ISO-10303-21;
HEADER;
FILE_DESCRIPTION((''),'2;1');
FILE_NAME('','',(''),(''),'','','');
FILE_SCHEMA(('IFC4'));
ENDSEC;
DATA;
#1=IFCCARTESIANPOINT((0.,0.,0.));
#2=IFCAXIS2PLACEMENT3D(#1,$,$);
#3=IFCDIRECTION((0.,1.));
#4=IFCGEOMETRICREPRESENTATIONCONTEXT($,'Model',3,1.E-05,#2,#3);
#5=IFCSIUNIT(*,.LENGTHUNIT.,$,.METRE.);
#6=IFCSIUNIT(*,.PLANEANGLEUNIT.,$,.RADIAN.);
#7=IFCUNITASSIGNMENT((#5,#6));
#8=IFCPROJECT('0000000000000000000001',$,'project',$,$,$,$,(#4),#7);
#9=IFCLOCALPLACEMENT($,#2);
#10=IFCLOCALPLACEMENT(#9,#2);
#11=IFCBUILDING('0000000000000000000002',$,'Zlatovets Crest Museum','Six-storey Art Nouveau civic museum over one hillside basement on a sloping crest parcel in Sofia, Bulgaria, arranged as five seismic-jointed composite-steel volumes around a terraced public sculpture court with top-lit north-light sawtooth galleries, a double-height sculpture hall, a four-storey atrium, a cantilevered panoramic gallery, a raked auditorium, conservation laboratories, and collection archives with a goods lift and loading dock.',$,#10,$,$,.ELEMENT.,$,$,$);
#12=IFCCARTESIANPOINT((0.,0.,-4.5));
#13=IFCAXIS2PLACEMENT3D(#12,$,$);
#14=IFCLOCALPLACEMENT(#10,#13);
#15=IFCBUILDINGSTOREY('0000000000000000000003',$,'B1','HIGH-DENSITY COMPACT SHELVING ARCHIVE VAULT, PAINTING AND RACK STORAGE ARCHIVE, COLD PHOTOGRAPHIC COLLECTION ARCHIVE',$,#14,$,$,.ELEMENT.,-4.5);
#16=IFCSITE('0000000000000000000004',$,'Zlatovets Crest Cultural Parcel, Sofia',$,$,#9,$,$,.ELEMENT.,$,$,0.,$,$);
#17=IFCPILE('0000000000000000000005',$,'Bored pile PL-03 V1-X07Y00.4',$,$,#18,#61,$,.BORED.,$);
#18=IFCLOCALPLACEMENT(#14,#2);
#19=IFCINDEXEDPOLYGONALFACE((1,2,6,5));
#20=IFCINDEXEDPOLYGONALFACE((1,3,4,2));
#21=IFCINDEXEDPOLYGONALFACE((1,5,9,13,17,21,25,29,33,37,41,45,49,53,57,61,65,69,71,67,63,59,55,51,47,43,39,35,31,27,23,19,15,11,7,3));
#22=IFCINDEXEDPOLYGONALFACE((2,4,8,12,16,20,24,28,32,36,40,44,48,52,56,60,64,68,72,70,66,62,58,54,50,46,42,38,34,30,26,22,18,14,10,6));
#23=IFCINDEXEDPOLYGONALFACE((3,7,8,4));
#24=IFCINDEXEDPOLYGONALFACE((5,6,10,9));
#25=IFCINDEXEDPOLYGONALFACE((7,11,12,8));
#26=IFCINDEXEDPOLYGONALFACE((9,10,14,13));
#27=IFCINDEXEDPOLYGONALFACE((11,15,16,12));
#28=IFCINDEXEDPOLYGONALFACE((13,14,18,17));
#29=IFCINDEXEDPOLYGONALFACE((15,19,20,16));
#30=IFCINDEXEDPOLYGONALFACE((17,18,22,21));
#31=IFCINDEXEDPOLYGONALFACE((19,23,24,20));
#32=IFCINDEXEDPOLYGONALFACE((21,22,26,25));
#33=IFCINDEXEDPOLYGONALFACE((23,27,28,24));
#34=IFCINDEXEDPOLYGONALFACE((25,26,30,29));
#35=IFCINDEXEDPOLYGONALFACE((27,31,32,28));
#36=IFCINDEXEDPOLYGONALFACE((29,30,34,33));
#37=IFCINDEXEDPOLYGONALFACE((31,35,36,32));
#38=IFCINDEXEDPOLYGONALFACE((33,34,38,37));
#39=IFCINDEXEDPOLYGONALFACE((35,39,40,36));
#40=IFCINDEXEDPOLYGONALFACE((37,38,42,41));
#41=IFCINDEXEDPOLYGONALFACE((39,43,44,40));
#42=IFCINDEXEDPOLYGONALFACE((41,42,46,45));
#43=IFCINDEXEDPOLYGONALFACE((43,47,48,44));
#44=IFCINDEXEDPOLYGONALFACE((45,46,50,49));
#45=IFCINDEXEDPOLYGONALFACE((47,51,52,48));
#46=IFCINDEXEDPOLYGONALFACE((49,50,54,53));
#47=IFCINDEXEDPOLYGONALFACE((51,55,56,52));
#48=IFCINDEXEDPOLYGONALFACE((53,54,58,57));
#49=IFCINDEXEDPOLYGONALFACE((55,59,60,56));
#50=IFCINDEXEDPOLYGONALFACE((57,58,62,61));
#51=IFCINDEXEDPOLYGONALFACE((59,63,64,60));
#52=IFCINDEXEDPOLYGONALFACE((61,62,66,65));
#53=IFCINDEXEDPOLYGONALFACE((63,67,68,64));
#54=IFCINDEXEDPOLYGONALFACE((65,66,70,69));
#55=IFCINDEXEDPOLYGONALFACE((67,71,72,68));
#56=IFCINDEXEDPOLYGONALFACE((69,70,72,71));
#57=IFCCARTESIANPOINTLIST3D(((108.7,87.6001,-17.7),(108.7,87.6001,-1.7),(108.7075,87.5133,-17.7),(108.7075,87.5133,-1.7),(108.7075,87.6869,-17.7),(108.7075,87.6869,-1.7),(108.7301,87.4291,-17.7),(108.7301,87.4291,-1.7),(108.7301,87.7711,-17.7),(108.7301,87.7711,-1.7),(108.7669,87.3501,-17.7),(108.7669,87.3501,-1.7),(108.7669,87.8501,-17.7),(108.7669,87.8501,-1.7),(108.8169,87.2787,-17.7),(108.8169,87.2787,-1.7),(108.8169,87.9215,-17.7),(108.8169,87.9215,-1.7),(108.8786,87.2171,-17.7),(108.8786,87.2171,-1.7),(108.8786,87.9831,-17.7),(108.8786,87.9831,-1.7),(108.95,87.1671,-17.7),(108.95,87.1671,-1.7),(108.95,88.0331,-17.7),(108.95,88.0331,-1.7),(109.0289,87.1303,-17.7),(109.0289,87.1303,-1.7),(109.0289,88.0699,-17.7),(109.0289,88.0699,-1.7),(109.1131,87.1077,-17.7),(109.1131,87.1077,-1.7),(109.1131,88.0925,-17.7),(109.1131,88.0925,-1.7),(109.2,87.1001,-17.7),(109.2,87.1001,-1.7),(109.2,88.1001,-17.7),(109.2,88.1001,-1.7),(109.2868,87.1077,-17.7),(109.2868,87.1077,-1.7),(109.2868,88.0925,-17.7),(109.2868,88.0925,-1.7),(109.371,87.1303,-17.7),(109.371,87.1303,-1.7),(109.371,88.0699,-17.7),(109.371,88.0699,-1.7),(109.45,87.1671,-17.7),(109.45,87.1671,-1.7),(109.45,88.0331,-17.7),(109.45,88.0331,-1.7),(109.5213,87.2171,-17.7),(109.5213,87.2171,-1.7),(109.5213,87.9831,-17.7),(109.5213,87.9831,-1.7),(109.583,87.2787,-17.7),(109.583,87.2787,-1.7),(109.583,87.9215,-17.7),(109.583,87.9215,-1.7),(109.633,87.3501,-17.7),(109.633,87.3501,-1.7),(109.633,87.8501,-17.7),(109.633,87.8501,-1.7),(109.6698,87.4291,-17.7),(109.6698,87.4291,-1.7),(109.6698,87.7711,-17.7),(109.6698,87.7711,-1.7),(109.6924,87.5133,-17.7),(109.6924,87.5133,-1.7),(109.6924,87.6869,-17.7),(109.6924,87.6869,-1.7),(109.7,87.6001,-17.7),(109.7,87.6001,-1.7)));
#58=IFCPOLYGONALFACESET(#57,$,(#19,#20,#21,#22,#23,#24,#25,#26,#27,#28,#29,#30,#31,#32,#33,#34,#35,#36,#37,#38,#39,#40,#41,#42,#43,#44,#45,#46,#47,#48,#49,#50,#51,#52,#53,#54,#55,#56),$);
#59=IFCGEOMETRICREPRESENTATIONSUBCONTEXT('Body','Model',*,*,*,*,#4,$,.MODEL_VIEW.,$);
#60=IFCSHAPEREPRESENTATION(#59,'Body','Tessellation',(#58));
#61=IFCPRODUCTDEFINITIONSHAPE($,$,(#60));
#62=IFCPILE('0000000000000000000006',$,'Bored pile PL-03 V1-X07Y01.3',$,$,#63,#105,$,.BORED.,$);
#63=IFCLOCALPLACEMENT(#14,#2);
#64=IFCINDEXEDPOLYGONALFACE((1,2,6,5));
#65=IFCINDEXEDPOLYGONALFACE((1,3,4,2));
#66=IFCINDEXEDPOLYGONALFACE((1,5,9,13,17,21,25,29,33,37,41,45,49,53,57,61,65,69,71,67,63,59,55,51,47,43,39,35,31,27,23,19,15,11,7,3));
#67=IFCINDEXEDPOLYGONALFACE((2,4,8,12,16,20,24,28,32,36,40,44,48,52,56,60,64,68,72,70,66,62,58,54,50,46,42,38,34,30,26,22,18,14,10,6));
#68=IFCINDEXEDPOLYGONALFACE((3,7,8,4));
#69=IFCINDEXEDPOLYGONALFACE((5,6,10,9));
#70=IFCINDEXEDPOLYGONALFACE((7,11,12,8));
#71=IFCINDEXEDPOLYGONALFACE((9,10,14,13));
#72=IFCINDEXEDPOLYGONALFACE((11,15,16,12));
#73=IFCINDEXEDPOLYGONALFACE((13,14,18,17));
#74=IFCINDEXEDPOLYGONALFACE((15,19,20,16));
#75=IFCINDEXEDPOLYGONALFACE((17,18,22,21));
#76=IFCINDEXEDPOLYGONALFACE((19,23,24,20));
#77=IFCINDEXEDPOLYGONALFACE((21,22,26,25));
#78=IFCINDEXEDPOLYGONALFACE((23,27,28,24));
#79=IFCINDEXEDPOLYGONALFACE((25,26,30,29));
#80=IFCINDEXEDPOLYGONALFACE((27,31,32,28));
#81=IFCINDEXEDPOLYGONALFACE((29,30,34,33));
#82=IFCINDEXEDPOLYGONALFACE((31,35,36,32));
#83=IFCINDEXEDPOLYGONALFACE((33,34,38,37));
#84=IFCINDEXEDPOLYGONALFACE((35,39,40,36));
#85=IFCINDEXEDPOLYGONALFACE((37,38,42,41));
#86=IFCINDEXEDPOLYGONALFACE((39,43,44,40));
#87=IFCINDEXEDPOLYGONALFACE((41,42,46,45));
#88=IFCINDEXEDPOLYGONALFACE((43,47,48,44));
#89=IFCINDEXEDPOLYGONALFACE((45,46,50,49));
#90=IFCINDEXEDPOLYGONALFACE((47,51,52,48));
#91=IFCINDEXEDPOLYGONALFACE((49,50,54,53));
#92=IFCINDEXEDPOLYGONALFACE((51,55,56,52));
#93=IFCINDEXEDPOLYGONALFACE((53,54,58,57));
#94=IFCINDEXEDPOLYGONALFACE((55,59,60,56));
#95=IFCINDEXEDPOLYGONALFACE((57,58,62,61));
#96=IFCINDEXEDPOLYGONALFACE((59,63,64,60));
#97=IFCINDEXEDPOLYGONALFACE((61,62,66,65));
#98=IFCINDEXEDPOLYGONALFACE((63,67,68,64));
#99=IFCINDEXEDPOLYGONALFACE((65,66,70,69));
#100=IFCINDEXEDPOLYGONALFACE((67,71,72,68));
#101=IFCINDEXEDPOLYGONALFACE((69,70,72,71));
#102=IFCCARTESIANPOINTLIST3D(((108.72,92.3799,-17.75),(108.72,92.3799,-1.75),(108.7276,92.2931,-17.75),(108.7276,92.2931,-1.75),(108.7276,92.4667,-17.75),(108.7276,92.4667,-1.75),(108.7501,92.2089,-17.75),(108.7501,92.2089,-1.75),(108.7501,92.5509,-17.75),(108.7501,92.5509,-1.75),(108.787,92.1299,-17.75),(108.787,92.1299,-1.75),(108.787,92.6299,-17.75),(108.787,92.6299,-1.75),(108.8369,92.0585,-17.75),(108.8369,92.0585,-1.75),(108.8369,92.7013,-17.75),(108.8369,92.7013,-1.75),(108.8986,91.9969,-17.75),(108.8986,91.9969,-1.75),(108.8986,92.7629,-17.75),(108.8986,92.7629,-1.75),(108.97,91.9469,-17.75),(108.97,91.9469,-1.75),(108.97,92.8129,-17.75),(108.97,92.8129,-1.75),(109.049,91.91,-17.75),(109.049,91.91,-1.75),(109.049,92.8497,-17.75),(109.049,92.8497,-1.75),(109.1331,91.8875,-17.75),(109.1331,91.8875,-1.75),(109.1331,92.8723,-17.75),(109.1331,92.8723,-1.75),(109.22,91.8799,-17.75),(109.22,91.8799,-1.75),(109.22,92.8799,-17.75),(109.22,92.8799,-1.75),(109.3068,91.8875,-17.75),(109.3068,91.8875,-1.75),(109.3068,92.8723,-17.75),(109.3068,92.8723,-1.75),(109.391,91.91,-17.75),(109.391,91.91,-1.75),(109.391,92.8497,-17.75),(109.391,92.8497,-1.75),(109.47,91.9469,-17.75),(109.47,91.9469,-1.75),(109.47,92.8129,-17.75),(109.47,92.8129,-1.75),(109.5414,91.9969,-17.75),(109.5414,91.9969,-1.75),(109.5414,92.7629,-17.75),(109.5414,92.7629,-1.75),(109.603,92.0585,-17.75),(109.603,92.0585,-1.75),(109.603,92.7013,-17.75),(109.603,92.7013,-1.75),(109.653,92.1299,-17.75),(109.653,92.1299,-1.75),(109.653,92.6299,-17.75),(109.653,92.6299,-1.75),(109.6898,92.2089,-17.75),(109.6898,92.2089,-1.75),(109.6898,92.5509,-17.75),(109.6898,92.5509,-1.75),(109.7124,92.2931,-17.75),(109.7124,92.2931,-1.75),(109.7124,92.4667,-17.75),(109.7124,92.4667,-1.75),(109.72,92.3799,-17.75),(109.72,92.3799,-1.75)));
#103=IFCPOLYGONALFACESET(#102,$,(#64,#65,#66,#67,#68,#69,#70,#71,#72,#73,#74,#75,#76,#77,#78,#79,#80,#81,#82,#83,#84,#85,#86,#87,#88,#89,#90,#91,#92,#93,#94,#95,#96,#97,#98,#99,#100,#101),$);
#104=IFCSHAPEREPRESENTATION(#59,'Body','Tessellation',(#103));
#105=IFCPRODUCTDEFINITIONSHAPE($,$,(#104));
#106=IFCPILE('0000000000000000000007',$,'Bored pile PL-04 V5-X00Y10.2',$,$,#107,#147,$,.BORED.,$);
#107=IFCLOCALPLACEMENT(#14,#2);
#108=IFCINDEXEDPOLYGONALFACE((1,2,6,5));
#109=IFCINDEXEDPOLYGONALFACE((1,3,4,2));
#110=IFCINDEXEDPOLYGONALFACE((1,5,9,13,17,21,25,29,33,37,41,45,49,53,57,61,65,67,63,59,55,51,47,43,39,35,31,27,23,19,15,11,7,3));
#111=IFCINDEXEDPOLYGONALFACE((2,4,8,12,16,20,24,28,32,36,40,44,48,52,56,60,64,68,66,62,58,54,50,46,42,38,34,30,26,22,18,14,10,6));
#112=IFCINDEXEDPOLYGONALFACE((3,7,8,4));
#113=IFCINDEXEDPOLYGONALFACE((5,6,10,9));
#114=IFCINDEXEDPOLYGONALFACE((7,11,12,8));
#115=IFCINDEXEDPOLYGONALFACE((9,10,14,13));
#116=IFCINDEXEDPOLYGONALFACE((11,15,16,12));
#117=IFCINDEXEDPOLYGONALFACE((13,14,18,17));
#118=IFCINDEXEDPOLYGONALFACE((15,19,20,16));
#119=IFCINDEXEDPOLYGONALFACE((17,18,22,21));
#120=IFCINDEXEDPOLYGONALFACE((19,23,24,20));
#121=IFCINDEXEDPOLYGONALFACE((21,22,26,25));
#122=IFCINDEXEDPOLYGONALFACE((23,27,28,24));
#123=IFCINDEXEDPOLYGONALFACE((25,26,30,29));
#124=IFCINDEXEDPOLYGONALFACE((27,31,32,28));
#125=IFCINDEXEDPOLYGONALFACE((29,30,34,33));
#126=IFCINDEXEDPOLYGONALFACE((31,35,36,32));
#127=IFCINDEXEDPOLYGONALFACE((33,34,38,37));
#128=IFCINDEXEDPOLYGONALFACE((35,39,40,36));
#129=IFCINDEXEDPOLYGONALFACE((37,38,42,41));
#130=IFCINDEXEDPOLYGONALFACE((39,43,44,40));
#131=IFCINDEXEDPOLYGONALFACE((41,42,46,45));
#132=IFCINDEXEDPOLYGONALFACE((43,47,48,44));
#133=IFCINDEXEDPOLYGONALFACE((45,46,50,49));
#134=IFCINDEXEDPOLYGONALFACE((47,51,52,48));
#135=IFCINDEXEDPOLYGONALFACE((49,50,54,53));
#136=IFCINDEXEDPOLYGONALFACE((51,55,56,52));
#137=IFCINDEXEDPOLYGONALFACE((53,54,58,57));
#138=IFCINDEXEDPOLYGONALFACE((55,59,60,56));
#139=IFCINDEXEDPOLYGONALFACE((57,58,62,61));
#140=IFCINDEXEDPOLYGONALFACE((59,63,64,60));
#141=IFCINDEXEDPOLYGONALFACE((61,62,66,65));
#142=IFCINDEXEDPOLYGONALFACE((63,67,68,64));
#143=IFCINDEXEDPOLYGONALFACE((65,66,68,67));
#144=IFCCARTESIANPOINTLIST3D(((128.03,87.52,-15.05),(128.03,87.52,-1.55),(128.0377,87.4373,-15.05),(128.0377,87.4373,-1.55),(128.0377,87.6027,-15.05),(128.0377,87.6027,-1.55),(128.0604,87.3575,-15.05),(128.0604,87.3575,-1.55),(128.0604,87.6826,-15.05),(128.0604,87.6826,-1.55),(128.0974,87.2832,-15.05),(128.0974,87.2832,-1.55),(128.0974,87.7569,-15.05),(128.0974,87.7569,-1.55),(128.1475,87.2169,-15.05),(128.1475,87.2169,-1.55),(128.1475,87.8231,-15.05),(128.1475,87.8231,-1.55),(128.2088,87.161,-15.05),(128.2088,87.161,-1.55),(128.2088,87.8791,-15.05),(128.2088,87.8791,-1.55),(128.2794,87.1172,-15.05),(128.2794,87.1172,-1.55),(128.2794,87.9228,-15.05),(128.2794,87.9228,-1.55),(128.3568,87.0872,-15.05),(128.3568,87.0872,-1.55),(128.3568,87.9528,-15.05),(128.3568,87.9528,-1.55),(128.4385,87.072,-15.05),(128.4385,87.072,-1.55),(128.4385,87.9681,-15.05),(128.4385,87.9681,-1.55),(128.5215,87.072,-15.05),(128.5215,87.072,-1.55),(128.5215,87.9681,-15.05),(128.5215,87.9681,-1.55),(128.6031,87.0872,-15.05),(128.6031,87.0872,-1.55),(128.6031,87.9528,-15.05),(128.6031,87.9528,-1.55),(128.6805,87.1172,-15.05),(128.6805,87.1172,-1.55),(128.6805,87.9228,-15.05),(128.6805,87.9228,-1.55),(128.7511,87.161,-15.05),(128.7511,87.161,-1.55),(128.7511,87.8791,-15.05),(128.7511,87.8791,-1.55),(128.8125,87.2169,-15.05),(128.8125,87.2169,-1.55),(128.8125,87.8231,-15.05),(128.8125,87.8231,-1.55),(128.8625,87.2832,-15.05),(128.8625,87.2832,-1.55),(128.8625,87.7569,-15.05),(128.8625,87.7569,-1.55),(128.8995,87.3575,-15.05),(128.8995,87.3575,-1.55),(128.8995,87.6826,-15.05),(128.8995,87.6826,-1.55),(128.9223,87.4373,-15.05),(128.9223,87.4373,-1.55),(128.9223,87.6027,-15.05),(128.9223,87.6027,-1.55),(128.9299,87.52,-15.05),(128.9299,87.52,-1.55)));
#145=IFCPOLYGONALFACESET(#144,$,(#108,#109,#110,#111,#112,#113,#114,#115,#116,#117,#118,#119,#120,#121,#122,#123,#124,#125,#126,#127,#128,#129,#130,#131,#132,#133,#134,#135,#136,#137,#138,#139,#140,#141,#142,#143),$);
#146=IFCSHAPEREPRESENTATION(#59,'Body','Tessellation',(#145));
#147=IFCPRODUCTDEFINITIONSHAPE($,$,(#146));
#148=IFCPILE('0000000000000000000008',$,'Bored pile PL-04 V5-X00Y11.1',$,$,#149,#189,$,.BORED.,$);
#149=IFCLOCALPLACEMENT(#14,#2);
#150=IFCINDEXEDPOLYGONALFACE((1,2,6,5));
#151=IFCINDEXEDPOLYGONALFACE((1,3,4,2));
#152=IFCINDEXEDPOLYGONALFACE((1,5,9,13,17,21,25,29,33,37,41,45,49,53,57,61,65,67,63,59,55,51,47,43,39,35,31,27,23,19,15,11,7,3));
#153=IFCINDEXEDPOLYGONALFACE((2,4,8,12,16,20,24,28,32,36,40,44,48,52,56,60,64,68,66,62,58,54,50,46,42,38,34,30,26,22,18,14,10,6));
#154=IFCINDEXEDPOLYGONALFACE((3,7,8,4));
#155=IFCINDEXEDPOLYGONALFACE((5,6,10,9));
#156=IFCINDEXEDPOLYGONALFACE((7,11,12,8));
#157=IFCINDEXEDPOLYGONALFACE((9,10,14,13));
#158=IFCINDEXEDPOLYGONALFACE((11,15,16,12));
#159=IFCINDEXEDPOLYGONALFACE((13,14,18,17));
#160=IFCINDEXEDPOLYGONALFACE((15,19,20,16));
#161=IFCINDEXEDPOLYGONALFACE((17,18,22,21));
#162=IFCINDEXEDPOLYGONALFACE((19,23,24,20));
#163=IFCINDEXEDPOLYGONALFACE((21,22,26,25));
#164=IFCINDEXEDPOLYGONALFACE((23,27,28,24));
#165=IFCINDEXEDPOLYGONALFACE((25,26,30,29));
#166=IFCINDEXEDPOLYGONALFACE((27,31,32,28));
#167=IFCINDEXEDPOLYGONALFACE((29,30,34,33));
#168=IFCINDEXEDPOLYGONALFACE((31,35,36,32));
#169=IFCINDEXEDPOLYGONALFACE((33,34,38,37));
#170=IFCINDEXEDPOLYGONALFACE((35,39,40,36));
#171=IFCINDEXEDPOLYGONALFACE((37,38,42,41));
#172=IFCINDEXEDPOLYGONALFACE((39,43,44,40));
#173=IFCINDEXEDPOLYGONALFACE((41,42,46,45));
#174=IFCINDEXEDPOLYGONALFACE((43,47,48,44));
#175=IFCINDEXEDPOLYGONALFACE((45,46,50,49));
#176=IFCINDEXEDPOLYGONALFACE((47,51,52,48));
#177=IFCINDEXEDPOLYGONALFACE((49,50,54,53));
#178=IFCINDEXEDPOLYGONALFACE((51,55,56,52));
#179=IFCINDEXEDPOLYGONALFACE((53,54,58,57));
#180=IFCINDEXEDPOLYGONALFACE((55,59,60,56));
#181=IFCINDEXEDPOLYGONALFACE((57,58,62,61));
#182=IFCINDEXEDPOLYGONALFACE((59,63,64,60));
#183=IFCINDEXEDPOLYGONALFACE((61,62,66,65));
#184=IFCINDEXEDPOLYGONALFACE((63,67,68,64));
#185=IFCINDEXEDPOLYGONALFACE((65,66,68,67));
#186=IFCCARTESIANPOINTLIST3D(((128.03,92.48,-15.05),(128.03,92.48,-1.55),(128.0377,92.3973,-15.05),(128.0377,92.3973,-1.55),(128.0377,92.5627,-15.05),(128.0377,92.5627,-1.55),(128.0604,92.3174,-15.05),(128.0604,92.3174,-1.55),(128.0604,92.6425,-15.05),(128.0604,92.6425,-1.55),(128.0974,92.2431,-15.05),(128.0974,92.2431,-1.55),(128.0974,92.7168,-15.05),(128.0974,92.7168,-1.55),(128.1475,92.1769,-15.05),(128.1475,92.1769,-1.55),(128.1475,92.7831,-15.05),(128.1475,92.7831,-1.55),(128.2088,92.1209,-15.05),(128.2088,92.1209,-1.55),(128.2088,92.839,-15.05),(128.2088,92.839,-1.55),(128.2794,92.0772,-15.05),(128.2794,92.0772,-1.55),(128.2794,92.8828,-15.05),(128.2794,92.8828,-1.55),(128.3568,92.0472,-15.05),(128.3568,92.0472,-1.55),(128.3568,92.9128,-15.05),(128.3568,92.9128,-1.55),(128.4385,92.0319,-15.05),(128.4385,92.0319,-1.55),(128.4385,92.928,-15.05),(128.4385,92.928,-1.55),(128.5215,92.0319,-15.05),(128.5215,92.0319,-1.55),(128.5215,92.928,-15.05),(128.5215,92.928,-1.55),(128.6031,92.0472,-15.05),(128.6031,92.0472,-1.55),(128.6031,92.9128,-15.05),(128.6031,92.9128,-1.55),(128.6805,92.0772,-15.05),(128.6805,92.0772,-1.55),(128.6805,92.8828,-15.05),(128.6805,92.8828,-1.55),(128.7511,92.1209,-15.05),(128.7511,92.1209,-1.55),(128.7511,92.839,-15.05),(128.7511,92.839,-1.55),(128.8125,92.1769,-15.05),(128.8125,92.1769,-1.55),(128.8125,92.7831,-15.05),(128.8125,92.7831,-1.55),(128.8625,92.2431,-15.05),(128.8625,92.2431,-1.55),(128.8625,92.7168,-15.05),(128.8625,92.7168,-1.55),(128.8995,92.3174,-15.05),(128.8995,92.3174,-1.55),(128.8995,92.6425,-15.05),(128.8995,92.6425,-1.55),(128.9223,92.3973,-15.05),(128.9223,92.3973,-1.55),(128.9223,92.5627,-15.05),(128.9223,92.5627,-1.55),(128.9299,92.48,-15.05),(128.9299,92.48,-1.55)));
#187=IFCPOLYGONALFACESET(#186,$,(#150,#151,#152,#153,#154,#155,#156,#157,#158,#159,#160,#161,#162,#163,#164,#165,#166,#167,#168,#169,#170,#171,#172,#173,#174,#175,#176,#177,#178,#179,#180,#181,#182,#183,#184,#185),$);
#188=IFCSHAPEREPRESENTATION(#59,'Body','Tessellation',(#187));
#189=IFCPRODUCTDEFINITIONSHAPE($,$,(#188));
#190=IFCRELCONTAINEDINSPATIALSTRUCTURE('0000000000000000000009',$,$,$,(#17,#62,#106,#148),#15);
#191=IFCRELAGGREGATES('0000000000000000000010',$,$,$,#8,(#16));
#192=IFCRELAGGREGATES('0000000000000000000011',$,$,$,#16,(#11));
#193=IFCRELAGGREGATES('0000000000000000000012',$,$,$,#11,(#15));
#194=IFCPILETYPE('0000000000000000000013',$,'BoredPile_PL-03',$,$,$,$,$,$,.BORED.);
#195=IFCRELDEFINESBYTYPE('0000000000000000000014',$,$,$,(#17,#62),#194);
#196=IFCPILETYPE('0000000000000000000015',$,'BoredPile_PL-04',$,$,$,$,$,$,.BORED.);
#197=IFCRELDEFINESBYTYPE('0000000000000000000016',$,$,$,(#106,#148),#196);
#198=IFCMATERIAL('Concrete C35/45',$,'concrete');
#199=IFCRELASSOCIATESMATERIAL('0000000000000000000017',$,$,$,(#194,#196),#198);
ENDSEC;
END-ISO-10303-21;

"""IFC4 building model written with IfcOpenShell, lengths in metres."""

from ifc_helpers import new_model, si_unit, direction, frame, origin, origin_2d, place, context, subcontext, project, spatial, circle, extrude, material, material_profile, profile_set, type_object, element, save


model = new_model("IFC4")

# Units and contexts
model_context = context("Model", 3, precision=1e-05, world=origin(), true_north=direction((0.0, 1.0)))
body_context = subcontext(model_context, "Body", "Model", "MODEL_VIEW")
ifc_project = project(units=[si_unit("LENGTHUNIT", "METRE"), si_unit("PLANEANGLEUNIT", "RADIAN")], contexts=[model_context])

# Site, building, storey
site_placement = place(None, origin())
site = spatial("IfcSite", under=ifc_project, at=site_placement, Name="Zlatovets Crest Cultural Parcel, Sofia", CompositionType="ELEMENT", RefElevation=0.0)
building_placement = place(site_placement, origin())
building = spatial("IfcBuilding", under=site, at=building_placement, Name="Zlatovets Crest Museum", Description="Six-storey Art Nouveau civic museum over one hillside basement on a sloping crest parcel in Sofia, Bulgaria, arranged as five seismic-jointed composite-steel volumes around a terraced public sculpture court with top-lit north-light sawtooth galleries, a double-height sculpture hall, a four-storey atrium, a cantilevered panoramic gallery, a raked auditorium, conservation laboratories, and collection archives with a goods lift and loading dock.", CompositionType="ELEMENT")
storey_placement = place(building_placement, frame((0.0, 0.0, -4.5)))
storey = spatial("IfcBuildingStorey", under=building, at=storey_placement, Name="B1", Description="HIGH-DENSITY COMPACT SHELVING ARCHIVE VAULT, PAINTING AND RACK STORAGE ARCHIVE, COLD PHOTOGRAPHIC COLLECTION ARCHIVE", CompositionType="ELEMENT", Elevation=-4.5)

# Piles
ifc_material_1 = material(Name="Concrete C35/45", Category="concrete")
ifc_material_profile_1 = material_profile(ifc_material_1, circle(Radius=0.5, at=origin_2d()), Name="PILE D1000")
ifc_profile_set_1 = profile_set([ifc_material_profile_1], Name="Concrete C35/45")
pile_type_1 = type_object("IfcPileType", Name="BoredPile_PL-03", PredefinedType="BORED", material=ifc_profile_set_1)
for number, where, z_axis, x_axis, name in (
    (1, (109.2, 87.6001, -1.7), (0.0, 0.0, -1.0), (1.0, 0.0, 0.0), "Bored pile PL-03 V1-X07Y00.4"),
    (2, (109.22, 92.3799, -1.75), (0.0, 0.0, -1.0), (1.0, 0.0, 0.0), "Bored pile PL-03 V1-X07Y01.3"),
):
    element("IfcPile", number, at=place(storey_placement, frame(where, z_axis=z_axis, x_axis=x_axis)), inside=storey, type_object=pile_type_1, Name=name, PredefinedType="BORED", context=body_context, shape_type="SweptSolid", body=[
        extrude(circle(Radius=0.5, at=origin_2d()), origin(), (0.0, 0.0, 1.0), 16.0),
    ])
ifc_material_profile_2 = material_profile(ifc_material_1, circle(Radius=0.45, at=origin_2d()), Name="PILE D900")
ifc_profile_set_2 = profile_set([ifc_material_profile_2], Name="Concrete C35/45")
pile_type_2 = type_object("IfcPileType", Name="BoredPile_PL-04", PredefinedType="BORED", material=ifc_profile_set_2)
for number, where, z_axis, x_axis, name in (
    (3, (128.48, 87.52, -1.55), (0.0, 0.0, -1.0), (1.0, 0.0, 0.0), "Bored pile PL-04 V5-X00Y10.2"),
    (4, (128.48, 92.48, -1.55), (0.0, 0.0, -1.0), (1.0, 0.0, 0.0), "Bored pile PL-04 V5-X00Y11.1"),
):
    element("IfcPile", number, at=place(storey_placement, frame(where, z_axis=z_axis, x_axis=x_axis)), inside=storey, type_object=pile_type_2, Name=name, PredefinedType="BORED", context=body_context, shape_type="SweptSolid", body=[
        extrude(circle(Radius=0.45, at=origin_2d()), origin(), (0.0, 0.0, 1.0), 13.5),
    ])

save(model, "model.ifc")
